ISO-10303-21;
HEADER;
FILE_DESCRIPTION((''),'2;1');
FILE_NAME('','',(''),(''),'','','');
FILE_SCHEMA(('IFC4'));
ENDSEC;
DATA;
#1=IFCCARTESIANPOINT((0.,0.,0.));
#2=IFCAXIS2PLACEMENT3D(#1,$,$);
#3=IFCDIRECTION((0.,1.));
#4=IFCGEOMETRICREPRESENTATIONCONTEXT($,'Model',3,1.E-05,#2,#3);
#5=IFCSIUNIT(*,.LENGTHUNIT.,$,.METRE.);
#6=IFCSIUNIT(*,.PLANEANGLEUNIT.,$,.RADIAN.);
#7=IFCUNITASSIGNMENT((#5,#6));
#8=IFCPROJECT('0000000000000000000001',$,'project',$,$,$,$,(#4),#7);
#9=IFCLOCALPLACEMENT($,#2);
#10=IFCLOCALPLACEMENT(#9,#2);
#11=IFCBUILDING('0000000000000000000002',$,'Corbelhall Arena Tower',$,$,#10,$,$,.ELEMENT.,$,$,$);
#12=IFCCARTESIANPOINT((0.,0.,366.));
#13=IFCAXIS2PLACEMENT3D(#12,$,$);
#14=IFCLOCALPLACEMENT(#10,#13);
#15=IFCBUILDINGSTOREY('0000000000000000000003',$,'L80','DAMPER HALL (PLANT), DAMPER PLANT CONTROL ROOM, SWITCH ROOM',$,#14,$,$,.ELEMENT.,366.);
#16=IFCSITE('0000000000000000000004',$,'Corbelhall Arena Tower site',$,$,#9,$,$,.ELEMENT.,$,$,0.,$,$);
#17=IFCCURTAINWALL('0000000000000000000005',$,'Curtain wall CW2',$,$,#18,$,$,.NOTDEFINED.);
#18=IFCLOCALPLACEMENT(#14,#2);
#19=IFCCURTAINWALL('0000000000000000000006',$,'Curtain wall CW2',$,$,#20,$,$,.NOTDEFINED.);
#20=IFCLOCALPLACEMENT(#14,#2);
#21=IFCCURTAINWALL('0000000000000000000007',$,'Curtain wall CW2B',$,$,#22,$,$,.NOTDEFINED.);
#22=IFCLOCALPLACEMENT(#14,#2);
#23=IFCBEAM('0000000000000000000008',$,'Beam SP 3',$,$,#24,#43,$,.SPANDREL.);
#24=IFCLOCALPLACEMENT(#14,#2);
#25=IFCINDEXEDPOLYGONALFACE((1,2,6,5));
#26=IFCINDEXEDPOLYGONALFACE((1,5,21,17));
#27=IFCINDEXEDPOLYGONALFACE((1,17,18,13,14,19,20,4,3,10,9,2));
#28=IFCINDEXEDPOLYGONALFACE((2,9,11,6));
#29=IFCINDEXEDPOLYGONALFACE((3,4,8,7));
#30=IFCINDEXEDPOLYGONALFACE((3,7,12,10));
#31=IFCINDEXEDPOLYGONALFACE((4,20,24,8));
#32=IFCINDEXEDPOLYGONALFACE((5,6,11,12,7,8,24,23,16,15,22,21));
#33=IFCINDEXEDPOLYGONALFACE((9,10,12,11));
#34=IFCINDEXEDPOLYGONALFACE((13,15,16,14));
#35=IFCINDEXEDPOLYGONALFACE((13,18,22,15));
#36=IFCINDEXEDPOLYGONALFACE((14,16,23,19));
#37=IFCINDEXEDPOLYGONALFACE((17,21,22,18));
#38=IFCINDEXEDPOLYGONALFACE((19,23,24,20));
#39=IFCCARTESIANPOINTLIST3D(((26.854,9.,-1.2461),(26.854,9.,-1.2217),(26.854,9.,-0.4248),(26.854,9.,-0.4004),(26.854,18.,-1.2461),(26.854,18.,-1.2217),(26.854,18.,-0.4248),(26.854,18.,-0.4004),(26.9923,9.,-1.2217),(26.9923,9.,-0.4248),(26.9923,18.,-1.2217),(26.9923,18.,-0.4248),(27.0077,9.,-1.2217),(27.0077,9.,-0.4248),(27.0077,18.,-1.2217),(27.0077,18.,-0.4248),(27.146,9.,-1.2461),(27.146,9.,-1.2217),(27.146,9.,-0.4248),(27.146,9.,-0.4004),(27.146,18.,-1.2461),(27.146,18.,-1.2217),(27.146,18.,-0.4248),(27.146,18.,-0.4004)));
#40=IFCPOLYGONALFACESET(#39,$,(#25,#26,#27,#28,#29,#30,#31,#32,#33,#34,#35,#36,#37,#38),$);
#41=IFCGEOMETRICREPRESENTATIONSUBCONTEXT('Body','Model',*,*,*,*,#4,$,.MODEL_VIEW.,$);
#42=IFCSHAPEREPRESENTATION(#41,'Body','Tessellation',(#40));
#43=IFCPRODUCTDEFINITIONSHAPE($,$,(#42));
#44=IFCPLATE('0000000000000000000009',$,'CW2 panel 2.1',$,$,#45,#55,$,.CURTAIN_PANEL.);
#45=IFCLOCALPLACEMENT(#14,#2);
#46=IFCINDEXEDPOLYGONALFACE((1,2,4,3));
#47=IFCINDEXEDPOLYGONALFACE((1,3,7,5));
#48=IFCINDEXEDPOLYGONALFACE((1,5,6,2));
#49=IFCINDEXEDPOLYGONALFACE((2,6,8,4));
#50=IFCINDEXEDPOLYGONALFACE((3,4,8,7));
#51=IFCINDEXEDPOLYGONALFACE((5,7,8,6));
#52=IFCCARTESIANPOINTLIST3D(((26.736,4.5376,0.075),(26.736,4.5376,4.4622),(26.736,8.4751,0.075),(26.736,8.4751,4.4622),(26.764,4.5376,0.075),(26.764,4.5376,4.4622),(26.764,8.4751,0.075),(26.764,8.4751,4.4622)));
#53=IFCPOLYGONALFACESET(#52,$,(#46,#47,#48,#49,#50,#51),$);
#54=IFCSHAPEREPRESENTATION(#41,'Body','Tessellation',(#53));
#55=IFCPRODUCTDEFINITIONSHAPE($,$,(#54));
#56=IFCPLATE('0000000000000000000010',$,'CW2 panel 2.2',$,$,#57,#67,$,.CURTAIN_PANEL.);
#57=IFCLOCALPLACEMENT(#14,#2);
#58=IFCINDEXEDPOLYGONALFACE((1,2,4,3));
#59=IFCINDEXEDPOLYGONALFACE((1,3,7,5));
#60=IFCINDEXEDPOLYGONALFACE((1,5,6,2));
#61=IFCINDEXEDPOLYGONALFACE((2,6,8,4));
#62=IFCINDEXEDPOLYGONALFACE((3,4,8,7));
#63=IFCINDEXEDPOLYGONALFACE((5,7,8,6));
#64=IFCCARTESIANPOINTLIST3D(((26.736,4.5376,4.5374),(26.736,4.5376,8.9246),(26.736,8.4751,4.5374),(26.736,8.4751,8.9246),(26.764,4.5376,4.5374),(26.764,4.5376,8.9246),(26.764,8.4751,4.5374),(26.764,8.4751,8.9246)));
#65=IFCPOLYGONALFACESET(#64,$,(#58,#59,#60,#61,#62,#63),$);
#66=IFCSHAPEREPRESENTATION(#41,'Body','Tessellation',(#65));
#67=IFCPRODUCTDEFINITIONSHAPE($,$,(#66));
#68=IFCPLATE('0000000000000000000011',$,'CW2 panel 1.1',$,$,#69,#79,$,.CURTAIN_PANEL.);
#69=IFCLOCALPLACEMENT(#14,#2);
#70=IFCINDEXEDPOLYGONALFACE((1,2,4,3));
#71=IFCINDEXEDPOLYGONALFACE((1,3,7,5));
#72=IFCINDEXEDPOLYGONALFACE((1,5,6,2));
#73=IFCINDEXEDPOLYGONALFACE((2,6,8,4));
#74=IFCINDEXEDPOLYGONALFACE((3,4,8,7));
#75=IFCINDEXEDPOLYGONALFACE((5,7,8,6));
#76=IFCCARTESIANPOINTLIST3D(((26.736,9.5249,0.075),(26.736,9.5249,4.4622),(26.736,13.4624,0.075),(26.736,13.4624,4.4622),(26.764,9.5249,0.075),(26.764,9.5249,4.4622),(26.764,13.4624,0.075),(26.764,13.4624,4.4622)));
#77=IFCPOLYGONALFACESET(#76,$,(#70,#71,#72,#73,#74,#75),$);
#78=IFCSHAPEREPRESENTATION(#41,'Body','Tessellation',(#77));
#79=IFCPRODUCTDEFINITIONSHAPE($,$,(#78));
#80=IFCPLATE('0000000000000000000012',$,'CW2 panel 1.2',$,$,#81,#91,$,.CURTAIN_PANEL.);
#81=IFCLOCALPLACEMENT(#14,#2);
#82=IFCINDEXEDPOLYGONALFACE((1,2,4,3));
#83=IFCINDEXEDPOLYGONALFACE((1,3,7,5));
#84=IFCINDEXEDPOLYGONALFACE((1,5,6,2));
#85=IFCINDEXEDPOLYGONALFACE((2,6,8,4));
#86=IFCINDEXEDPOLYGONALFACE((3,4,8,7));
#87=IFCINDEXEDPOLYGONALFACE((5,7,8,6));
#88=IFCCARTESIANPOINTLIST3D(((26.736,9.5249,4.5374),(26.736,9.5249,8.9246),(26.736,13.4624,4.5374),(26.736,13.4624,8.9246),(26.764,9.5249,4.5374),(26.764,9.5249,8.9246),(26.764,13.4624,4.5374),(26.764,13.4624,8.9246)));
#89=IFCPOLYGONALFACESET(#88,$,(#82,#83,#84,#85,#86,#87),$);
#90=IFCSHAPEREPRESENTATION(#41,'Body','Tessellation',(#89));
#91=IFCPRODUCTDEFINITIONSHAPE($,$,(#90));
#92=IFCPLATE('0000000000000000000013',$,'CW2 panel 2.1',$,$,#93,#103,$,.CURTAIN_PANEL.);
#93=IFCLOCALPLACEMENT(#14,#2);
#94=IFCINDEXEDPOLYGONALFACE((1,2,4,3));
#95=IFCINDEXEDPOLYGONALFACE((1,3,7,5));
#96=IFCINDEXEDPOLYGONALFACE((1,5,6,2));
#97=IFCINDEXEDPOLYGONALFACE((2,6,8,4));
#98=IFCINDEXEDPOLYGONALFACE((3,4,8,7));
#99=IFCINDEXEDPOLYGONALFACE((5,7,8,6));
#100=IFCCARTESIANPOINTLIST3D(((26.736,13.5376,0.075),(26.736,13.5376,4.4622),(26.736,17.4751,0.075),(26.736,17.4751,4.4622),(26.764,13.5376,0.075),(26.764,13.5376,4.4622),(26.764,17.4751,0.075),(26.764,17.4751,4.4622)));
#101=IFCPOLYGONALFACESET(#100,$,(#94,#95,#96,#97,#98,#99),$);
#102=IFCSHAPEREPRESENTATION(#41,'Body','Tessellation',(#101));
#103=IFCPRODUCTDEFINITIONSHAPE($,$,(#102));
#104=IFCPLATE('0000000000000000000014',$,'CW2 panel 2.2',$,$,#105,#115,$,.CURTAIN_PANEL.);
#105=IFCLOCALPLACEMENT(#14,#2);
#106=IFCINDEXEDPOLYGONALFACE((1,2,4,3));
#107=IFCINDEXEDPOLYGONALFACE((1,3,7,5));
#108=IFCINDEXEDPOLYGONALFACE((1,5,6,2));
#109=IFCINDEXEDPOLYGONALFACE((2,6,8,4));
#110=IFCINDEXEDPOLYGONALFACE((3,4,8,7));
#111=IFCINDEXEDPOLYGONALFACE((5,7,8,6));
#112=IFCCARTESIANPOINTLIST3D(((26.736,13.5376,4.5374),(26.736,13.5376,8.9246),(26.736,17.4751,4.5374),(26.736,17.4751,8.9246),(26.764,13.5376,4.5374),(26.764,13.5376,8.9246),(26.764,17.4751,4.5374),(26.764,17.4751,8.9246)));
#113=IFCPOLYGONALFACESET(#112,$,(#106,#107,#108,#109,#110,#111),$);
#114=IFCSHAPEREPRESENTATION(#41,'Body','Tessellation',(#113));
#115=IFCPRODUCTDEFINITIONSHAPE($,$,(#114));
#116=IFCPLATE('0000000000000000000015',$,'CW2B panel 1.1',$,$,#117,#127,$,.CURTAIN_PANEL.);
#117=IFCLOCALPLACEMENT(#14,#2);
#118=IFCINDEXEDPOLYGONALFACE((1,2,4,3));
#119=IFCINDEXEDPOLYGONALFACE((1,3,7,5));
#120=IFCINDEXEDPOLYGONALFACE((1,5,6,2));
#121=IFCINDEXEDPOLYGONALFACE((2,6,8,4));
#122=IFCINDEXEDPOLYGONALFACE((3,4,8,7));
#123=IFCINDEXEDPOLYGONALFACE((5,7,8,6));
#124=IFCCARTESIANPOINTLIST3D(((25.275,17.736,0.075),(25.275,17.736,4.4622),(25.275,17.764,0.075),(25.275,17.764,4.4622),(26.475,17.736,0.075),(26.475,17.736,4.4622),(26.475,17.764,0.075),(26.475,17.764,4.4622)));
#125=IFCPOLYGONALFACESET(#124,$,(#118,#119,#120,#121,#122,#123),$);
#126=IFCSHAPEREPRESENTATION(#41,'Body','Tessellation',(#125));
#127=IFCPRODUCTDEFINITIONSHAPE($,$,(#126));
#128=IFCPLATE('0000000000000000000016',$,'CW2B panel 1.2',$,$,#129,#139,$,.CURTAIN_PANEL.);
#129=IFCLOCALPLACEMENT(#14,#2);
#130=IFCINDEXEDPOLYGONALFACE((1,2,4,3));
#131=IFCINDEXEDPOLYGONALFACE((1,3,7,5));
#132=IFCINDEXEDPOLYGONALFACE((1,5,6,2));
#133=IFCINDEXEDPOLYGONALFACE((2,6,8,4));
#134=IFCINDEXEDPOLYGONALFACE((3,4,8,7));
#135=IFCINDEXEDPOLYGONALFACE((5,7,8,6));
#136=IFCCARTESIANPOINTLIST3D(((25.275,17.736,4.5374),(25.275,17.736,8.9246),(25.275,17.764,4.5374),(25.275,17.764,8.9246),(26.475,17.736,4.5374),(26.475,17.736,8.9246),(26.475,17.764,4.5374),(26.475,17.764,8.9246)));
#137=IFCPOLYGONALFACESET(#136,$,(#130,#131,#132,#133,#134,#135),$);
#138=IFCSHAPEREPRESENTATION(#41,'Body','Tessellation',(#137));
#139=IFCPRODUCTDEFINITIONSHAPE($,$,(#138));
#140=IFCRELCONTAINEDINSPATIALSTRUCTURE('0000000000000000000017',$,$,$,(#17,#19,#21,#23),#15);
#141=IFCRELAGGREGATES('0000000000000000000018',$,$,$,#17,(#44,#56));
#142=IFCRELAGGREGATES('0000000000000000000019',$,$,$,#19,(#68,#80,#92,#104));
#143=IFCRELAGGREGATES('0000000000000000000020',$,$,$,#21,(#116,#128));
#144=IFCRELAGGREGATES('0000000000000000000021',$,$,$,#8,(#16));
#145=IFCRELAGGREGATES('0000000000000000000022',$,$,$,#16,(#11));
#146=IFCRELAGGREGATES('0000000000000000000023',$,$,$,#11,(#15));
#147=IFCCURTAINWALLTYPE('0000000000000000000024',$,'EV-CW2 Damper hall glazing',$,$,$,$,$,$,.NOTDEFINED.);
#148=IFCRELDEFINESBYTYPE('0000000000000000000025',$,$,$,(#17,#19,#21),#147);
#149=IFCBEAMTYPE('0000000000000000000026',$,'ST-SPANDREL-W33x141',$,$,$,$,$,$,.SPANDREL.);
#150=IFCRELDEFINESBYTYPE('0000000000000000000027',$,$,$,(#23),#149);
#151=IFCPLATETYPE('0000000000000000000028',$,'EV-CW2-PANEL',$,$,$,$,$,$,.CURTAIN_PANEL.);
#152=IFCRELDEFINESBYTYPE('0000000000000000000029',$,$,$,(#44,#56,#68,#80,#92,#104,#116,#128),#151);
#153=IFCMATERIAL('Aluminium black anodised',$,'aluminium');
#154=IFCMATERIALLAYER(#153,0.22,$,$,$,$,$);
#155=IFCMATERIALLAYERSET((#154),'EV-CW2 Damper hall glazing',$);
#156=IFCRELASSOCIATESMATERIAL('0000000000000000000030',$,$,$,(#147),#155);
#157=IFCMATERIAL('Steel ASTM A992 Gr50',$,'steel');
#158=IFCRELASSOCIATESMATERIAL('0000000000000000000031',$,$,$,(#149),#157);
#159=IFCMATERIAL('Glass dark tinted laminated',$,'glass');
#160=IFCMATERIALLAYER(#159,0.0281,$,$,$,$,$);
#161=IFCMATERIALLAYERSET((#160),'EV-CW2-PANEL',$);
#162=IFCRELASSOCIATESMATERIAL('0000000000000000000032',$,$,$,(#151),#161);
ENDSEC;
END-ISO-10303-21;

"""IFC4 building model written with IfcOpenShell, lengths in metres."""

from ifc_helpers import new_model, si_unit, direction, frame, origin, origin_2d, place, context, subcontext, project, spatial, rectangle, i_section, extrude, material, layer, layer_set, material_profile, profile_set, type_object, element, aggregate, save


model = new_model("IFC4")

# Units and contexts
model_context = context("Model", 3, precision=1e-05, world=origin(), true_north=direction((0.0, 1.0)))
body_context = subcontext(model_context, "Body", "Model", "MODEL_VIEW")
ifc_project = project(units=[si_unit("LENGTHUNIT", "METRE"), si_unit("PLANEANGLEUNIT", "RADIAN")], contexts=[model_context])

# Site, building, storey
site_placement = place(None, origin())
site = spatial("IfcSite", under=ifc_project, at=site_placement, Name="Corbelhall Arena Tower site", CompositionType="ELEMENT", RefElevation=0.0)
building_placement = place(site_placement, origin())
building = spatial("IfcBuilding", under=site, at=building_placement, Name="Corbelhall Arena Tower", CompositionType="ELEMENT")
storey_placement = place(building_placement, frame((0.0, 0.0, 366.0)))
storey = spatial("IfcBuildingStorey", under=building, at=storey_placement, Name="L80", Description="DAMPER HALL (PLANT), DAMPER PLANT CONTROL ROOM, SWITCH ROOM", CompositionType="ELEMENT", Elevation=366.0)

# Curtain walls
ifc_material_1 = material(Name="Aluminium black anodised", Category="aluminium")
ifc_layer_1 = layer(ifc_material_1, 0.22)
ifc_layer_set_1 = layer_set([ifc_layer_1], Name="EV-CW2 Damper hall glazing")
curtain_wall_type = type_object("IfcCurtainWallType", Name="EV-CW2 Damper hall glazing", PredefinedType="NOTDEFINED", material=ifc_layer_set_1)
curtain_wall_1_placement = place(storey_placement, origin())
curtain_wall_1 = element("IfcCurtainWall", 1, at=curtain_wall_1_placement, inside=storey, type_object=curtain_wall_type, Name="Curtain wall CW2", PredefinedType="NOTDEFINED")
curtain_wall_2_placement = place(storey_placement, origin())
curtain_wall_2 = element("IfcCurtainWall", 2, at=curtain_wall_2_placement, inside=storey, type_object=curtain_wall_type, Name="Curtain wall CW2", PredefinedType="NOTDEFINED")
curtain_wall_3_placement = place(storey_placement, origin())
curtain_wall_3 = element("IfcCurtainWall", 3, at=curtain_wall_3_placement, inside=storey, type_object=curtain_wall_type, Name="Curtain wall CW2B", PredefinedType="NOTDEFINED")

# Beam
ifc_material_2 = material(Name="Steel ASTM A992 Gr50", Category="steel")
ifc_material_profile_1 = material_profile(ifc_material_2, i_section(OverallWidth=0.292, OverallDepth=0.8457, WebThickness=0.0154, FlangeThickness=0.0244, at=origin_2d()))
ifc_profile_set_1 = profile_set([ifc_material_profile_1], Name="Steel ASTM A992 Gr50")
beam_type_1 = type_object("IfcBeamType", Name="ST-SPANDREL-W33x141", PredefinedType="SPANDREL", material=ifc_profile_set_1)
for number, where, z_axis, x_axis, name in (
    (4, (27.0, 18.0, -0.8232), (0.0, -1.0, 0.0), (1.0, 0.0, 0.0), "Beam SP 3"),
):
    element("IfcBeam", number, at=place(storey_placement, frame(where, z_axis=z_axis, x_axis=x_axis)), inside=storey, type_object=beam_type_1, Name=name, PredefinedType="SPANDREL", context=body_context, shape_type="SweptSolid", body=[
        extrude(i_section(OverallWidth=0.292, OverallDepth=0.8457, WebThickness=0.0154, FlangeThickness=0.0244, at=origin_2d()), origin(), (0.0, 0.0, 1.0), 9.0),
    ])

# Plates
ifc_material_3 = material(Name="Glass dark tinted laminated", Category="glass")
ifc_layer_2 = layer(ifc_material_3, 0.0281)
ifc_layer_set_2 = layer_set([ifc_layer_2], Name="EV-CW2-PANEL")
plate_type = type_object("IfcPlateType", Name="EV-CW2-PANEL", PredefinedType="CURTAIN_PANEL", material=ifc_layer_set_2)
plate_1_placement = place(storey_placement, frame((26.75, 6.5063, 0.075), z_axis=(0.0, 0.0, 1.0), x_axis=(0.0, 1.0, 0.0)))
plate_1 = element("IfcPlate", 5, at=plate_1_placement, type_object=plate_type, Name="CW2 panel 2.1", PredefinedType="CURTAIN_PANEL", context=body_context, shape_type="SweptSolid", body=[
    extrude(rectangle(XDim=3.9375, YDim=0.0281, at=origin_2d()), origin(), (0.0, 0.0, 1.0), 4.3872),
])
plate_2_placement = place(storey_placement, frame((26.75, 6.5063, 4.5374), z_axis=(0.0, 0.0, 1.0), x_axis=(0.0, 1.0, 0.0)))
plate_2 = element("IfcPlate", 6, at=plate_2_placement, type_object=plate_type, Name="CW2 panel 2.2", PredefinedType="CURTAIN_PANEL", context=body_context, shape_type="SweptSolid", body=[
    extrude(rectangle(XDim=3.9375, YDim=0.0281, at=origin_2d()), origin(), (0.0, 0.0, 1.0), 4.3872),
])
aggregate(curtain_wall_1, [plate_1, plate_2])
plate_3_placement = place(storey_placement, frame((26.75, 11.4937, 0.075), z_axis=(0.0, 0.0, 1.0), x_axis=(0.0, 1.0, 0.0)))
plate_3 = element("IfcPlate", 7, at=plate_3_placement, type_object=plate_type, Name="CW2 panel 1.1", PredefinedType="CURTAIN_PANEL", context=body_context, shape_type="SweptSolid", body=[
    extrude(rectangle(XDim=3.9375, YDim=0.0281, at=origin_2d()), origin(), (0.0, 0.0, 1.0), 4.3872),
])
plate_4_placement = place(storey_placement, frame((26.75, 11.4937, 4.5374), z_axis=(0.0, 0.0, 1.0), x_axis=(0.0, 1.0, 0.0)))
plate_4 = element("IfcPlate", 8, at=plate_4_placement, type_object=plate_type, Name="CW2 panel 1.2", PredefinedType="CURTAIN_PANEL", context=body_context, shape_type="SweptSolid", body=[
    extrude(rectangle(XDim=3.9375, YDim=0.0281, at=origin_2d()), origin(), (0.0, 0.0, 1.0), 4.3872),
])
plate_5_placement = place(storey_placement, frame((26.75, 15.5063, 0.075), z_axis=(0.0, 0.0, 1.0), x_axis=(0.0, 1.0, 0.0)))
plate_5 = element("IfcPlate", 9, at=plate_5_placement, type_object=plate_type, Name="CW2 panel 2.1", PredefinedType="CURTAIN_PANEL", context=body_context, shape_type="SweptSolid", body=[
    extrude(rectangle(XDim=3.9375, YDim=0.0281, at=origin_2d()), origin(), (0.0, 0.0, 1.0), 4.3872),
])
plate_6_placement = place(storey_placement, frame((26.75, 15.5063, 4.5374), z_axis=(0.0, 0.0, 1.0), x_axis=(0.0, 1.0, 0.0)))
plate_6 = element("IfcPlate", 10, at=plate_6_placement, type_object=plate_type, Name="CW2 panel 2.2", PredefinedType="CURTAIN_PANEL", context=body_context, shape_type="SweptSolid", body=[
    extrude(rectangle(XDim=3.9375, YDim=0.0281, at=origin_2d()), origin(), (0.0, 0.0, 1.0), 4.3872),
])
aggregate(curtain_wall_2, [plate_3, plate_4, plate_5, plate_6])
plate_7_placement = place(storey_placement, frame((25.875, 17.75, 0.075), z_axis=(0.0, 0.0, 1.0), x_axis=(-1.0, 0.0, 0.0)))
plate_7 = element("IfcPlate", 11, at=plate_7_placement, type_object=plate_type, Name="CW2B panel 1.1", PredefinedType="CURTAIN_PANEL", context=body_context, shape_type="SweptSolid", body=[
    extrude(rectangle(XDim=1.2, YDim=0.0281, at=origin_2d()), origin(), (0.0, 0.0, 1.0), 4.3872),
])
plate_8_placement = place(storey_placement, frame((25.875, 17.75, 4.5374), z_axis=(0.0, 0.0, 1.0), x_axis=(-1.0, 0.0, 0.0)))
plate_8 = element("IfcPlate", 12, at=plate_8_placement, type_object=plate_type, Name="CW2B panel 1.2", PredefinedType="CURTAIN_PANEL", context=body_context, shape_type="SweptSolid", body=[
    extrude(rectangle(XDim=1.2, YDim=0.0281, at=origin_2d()), origin(), (0.0, 0.0, 1.0), 4.3872),
])
aggregate(curtain_wall_3, [plate_7, plate_8])

save(model, "model.ifc")
